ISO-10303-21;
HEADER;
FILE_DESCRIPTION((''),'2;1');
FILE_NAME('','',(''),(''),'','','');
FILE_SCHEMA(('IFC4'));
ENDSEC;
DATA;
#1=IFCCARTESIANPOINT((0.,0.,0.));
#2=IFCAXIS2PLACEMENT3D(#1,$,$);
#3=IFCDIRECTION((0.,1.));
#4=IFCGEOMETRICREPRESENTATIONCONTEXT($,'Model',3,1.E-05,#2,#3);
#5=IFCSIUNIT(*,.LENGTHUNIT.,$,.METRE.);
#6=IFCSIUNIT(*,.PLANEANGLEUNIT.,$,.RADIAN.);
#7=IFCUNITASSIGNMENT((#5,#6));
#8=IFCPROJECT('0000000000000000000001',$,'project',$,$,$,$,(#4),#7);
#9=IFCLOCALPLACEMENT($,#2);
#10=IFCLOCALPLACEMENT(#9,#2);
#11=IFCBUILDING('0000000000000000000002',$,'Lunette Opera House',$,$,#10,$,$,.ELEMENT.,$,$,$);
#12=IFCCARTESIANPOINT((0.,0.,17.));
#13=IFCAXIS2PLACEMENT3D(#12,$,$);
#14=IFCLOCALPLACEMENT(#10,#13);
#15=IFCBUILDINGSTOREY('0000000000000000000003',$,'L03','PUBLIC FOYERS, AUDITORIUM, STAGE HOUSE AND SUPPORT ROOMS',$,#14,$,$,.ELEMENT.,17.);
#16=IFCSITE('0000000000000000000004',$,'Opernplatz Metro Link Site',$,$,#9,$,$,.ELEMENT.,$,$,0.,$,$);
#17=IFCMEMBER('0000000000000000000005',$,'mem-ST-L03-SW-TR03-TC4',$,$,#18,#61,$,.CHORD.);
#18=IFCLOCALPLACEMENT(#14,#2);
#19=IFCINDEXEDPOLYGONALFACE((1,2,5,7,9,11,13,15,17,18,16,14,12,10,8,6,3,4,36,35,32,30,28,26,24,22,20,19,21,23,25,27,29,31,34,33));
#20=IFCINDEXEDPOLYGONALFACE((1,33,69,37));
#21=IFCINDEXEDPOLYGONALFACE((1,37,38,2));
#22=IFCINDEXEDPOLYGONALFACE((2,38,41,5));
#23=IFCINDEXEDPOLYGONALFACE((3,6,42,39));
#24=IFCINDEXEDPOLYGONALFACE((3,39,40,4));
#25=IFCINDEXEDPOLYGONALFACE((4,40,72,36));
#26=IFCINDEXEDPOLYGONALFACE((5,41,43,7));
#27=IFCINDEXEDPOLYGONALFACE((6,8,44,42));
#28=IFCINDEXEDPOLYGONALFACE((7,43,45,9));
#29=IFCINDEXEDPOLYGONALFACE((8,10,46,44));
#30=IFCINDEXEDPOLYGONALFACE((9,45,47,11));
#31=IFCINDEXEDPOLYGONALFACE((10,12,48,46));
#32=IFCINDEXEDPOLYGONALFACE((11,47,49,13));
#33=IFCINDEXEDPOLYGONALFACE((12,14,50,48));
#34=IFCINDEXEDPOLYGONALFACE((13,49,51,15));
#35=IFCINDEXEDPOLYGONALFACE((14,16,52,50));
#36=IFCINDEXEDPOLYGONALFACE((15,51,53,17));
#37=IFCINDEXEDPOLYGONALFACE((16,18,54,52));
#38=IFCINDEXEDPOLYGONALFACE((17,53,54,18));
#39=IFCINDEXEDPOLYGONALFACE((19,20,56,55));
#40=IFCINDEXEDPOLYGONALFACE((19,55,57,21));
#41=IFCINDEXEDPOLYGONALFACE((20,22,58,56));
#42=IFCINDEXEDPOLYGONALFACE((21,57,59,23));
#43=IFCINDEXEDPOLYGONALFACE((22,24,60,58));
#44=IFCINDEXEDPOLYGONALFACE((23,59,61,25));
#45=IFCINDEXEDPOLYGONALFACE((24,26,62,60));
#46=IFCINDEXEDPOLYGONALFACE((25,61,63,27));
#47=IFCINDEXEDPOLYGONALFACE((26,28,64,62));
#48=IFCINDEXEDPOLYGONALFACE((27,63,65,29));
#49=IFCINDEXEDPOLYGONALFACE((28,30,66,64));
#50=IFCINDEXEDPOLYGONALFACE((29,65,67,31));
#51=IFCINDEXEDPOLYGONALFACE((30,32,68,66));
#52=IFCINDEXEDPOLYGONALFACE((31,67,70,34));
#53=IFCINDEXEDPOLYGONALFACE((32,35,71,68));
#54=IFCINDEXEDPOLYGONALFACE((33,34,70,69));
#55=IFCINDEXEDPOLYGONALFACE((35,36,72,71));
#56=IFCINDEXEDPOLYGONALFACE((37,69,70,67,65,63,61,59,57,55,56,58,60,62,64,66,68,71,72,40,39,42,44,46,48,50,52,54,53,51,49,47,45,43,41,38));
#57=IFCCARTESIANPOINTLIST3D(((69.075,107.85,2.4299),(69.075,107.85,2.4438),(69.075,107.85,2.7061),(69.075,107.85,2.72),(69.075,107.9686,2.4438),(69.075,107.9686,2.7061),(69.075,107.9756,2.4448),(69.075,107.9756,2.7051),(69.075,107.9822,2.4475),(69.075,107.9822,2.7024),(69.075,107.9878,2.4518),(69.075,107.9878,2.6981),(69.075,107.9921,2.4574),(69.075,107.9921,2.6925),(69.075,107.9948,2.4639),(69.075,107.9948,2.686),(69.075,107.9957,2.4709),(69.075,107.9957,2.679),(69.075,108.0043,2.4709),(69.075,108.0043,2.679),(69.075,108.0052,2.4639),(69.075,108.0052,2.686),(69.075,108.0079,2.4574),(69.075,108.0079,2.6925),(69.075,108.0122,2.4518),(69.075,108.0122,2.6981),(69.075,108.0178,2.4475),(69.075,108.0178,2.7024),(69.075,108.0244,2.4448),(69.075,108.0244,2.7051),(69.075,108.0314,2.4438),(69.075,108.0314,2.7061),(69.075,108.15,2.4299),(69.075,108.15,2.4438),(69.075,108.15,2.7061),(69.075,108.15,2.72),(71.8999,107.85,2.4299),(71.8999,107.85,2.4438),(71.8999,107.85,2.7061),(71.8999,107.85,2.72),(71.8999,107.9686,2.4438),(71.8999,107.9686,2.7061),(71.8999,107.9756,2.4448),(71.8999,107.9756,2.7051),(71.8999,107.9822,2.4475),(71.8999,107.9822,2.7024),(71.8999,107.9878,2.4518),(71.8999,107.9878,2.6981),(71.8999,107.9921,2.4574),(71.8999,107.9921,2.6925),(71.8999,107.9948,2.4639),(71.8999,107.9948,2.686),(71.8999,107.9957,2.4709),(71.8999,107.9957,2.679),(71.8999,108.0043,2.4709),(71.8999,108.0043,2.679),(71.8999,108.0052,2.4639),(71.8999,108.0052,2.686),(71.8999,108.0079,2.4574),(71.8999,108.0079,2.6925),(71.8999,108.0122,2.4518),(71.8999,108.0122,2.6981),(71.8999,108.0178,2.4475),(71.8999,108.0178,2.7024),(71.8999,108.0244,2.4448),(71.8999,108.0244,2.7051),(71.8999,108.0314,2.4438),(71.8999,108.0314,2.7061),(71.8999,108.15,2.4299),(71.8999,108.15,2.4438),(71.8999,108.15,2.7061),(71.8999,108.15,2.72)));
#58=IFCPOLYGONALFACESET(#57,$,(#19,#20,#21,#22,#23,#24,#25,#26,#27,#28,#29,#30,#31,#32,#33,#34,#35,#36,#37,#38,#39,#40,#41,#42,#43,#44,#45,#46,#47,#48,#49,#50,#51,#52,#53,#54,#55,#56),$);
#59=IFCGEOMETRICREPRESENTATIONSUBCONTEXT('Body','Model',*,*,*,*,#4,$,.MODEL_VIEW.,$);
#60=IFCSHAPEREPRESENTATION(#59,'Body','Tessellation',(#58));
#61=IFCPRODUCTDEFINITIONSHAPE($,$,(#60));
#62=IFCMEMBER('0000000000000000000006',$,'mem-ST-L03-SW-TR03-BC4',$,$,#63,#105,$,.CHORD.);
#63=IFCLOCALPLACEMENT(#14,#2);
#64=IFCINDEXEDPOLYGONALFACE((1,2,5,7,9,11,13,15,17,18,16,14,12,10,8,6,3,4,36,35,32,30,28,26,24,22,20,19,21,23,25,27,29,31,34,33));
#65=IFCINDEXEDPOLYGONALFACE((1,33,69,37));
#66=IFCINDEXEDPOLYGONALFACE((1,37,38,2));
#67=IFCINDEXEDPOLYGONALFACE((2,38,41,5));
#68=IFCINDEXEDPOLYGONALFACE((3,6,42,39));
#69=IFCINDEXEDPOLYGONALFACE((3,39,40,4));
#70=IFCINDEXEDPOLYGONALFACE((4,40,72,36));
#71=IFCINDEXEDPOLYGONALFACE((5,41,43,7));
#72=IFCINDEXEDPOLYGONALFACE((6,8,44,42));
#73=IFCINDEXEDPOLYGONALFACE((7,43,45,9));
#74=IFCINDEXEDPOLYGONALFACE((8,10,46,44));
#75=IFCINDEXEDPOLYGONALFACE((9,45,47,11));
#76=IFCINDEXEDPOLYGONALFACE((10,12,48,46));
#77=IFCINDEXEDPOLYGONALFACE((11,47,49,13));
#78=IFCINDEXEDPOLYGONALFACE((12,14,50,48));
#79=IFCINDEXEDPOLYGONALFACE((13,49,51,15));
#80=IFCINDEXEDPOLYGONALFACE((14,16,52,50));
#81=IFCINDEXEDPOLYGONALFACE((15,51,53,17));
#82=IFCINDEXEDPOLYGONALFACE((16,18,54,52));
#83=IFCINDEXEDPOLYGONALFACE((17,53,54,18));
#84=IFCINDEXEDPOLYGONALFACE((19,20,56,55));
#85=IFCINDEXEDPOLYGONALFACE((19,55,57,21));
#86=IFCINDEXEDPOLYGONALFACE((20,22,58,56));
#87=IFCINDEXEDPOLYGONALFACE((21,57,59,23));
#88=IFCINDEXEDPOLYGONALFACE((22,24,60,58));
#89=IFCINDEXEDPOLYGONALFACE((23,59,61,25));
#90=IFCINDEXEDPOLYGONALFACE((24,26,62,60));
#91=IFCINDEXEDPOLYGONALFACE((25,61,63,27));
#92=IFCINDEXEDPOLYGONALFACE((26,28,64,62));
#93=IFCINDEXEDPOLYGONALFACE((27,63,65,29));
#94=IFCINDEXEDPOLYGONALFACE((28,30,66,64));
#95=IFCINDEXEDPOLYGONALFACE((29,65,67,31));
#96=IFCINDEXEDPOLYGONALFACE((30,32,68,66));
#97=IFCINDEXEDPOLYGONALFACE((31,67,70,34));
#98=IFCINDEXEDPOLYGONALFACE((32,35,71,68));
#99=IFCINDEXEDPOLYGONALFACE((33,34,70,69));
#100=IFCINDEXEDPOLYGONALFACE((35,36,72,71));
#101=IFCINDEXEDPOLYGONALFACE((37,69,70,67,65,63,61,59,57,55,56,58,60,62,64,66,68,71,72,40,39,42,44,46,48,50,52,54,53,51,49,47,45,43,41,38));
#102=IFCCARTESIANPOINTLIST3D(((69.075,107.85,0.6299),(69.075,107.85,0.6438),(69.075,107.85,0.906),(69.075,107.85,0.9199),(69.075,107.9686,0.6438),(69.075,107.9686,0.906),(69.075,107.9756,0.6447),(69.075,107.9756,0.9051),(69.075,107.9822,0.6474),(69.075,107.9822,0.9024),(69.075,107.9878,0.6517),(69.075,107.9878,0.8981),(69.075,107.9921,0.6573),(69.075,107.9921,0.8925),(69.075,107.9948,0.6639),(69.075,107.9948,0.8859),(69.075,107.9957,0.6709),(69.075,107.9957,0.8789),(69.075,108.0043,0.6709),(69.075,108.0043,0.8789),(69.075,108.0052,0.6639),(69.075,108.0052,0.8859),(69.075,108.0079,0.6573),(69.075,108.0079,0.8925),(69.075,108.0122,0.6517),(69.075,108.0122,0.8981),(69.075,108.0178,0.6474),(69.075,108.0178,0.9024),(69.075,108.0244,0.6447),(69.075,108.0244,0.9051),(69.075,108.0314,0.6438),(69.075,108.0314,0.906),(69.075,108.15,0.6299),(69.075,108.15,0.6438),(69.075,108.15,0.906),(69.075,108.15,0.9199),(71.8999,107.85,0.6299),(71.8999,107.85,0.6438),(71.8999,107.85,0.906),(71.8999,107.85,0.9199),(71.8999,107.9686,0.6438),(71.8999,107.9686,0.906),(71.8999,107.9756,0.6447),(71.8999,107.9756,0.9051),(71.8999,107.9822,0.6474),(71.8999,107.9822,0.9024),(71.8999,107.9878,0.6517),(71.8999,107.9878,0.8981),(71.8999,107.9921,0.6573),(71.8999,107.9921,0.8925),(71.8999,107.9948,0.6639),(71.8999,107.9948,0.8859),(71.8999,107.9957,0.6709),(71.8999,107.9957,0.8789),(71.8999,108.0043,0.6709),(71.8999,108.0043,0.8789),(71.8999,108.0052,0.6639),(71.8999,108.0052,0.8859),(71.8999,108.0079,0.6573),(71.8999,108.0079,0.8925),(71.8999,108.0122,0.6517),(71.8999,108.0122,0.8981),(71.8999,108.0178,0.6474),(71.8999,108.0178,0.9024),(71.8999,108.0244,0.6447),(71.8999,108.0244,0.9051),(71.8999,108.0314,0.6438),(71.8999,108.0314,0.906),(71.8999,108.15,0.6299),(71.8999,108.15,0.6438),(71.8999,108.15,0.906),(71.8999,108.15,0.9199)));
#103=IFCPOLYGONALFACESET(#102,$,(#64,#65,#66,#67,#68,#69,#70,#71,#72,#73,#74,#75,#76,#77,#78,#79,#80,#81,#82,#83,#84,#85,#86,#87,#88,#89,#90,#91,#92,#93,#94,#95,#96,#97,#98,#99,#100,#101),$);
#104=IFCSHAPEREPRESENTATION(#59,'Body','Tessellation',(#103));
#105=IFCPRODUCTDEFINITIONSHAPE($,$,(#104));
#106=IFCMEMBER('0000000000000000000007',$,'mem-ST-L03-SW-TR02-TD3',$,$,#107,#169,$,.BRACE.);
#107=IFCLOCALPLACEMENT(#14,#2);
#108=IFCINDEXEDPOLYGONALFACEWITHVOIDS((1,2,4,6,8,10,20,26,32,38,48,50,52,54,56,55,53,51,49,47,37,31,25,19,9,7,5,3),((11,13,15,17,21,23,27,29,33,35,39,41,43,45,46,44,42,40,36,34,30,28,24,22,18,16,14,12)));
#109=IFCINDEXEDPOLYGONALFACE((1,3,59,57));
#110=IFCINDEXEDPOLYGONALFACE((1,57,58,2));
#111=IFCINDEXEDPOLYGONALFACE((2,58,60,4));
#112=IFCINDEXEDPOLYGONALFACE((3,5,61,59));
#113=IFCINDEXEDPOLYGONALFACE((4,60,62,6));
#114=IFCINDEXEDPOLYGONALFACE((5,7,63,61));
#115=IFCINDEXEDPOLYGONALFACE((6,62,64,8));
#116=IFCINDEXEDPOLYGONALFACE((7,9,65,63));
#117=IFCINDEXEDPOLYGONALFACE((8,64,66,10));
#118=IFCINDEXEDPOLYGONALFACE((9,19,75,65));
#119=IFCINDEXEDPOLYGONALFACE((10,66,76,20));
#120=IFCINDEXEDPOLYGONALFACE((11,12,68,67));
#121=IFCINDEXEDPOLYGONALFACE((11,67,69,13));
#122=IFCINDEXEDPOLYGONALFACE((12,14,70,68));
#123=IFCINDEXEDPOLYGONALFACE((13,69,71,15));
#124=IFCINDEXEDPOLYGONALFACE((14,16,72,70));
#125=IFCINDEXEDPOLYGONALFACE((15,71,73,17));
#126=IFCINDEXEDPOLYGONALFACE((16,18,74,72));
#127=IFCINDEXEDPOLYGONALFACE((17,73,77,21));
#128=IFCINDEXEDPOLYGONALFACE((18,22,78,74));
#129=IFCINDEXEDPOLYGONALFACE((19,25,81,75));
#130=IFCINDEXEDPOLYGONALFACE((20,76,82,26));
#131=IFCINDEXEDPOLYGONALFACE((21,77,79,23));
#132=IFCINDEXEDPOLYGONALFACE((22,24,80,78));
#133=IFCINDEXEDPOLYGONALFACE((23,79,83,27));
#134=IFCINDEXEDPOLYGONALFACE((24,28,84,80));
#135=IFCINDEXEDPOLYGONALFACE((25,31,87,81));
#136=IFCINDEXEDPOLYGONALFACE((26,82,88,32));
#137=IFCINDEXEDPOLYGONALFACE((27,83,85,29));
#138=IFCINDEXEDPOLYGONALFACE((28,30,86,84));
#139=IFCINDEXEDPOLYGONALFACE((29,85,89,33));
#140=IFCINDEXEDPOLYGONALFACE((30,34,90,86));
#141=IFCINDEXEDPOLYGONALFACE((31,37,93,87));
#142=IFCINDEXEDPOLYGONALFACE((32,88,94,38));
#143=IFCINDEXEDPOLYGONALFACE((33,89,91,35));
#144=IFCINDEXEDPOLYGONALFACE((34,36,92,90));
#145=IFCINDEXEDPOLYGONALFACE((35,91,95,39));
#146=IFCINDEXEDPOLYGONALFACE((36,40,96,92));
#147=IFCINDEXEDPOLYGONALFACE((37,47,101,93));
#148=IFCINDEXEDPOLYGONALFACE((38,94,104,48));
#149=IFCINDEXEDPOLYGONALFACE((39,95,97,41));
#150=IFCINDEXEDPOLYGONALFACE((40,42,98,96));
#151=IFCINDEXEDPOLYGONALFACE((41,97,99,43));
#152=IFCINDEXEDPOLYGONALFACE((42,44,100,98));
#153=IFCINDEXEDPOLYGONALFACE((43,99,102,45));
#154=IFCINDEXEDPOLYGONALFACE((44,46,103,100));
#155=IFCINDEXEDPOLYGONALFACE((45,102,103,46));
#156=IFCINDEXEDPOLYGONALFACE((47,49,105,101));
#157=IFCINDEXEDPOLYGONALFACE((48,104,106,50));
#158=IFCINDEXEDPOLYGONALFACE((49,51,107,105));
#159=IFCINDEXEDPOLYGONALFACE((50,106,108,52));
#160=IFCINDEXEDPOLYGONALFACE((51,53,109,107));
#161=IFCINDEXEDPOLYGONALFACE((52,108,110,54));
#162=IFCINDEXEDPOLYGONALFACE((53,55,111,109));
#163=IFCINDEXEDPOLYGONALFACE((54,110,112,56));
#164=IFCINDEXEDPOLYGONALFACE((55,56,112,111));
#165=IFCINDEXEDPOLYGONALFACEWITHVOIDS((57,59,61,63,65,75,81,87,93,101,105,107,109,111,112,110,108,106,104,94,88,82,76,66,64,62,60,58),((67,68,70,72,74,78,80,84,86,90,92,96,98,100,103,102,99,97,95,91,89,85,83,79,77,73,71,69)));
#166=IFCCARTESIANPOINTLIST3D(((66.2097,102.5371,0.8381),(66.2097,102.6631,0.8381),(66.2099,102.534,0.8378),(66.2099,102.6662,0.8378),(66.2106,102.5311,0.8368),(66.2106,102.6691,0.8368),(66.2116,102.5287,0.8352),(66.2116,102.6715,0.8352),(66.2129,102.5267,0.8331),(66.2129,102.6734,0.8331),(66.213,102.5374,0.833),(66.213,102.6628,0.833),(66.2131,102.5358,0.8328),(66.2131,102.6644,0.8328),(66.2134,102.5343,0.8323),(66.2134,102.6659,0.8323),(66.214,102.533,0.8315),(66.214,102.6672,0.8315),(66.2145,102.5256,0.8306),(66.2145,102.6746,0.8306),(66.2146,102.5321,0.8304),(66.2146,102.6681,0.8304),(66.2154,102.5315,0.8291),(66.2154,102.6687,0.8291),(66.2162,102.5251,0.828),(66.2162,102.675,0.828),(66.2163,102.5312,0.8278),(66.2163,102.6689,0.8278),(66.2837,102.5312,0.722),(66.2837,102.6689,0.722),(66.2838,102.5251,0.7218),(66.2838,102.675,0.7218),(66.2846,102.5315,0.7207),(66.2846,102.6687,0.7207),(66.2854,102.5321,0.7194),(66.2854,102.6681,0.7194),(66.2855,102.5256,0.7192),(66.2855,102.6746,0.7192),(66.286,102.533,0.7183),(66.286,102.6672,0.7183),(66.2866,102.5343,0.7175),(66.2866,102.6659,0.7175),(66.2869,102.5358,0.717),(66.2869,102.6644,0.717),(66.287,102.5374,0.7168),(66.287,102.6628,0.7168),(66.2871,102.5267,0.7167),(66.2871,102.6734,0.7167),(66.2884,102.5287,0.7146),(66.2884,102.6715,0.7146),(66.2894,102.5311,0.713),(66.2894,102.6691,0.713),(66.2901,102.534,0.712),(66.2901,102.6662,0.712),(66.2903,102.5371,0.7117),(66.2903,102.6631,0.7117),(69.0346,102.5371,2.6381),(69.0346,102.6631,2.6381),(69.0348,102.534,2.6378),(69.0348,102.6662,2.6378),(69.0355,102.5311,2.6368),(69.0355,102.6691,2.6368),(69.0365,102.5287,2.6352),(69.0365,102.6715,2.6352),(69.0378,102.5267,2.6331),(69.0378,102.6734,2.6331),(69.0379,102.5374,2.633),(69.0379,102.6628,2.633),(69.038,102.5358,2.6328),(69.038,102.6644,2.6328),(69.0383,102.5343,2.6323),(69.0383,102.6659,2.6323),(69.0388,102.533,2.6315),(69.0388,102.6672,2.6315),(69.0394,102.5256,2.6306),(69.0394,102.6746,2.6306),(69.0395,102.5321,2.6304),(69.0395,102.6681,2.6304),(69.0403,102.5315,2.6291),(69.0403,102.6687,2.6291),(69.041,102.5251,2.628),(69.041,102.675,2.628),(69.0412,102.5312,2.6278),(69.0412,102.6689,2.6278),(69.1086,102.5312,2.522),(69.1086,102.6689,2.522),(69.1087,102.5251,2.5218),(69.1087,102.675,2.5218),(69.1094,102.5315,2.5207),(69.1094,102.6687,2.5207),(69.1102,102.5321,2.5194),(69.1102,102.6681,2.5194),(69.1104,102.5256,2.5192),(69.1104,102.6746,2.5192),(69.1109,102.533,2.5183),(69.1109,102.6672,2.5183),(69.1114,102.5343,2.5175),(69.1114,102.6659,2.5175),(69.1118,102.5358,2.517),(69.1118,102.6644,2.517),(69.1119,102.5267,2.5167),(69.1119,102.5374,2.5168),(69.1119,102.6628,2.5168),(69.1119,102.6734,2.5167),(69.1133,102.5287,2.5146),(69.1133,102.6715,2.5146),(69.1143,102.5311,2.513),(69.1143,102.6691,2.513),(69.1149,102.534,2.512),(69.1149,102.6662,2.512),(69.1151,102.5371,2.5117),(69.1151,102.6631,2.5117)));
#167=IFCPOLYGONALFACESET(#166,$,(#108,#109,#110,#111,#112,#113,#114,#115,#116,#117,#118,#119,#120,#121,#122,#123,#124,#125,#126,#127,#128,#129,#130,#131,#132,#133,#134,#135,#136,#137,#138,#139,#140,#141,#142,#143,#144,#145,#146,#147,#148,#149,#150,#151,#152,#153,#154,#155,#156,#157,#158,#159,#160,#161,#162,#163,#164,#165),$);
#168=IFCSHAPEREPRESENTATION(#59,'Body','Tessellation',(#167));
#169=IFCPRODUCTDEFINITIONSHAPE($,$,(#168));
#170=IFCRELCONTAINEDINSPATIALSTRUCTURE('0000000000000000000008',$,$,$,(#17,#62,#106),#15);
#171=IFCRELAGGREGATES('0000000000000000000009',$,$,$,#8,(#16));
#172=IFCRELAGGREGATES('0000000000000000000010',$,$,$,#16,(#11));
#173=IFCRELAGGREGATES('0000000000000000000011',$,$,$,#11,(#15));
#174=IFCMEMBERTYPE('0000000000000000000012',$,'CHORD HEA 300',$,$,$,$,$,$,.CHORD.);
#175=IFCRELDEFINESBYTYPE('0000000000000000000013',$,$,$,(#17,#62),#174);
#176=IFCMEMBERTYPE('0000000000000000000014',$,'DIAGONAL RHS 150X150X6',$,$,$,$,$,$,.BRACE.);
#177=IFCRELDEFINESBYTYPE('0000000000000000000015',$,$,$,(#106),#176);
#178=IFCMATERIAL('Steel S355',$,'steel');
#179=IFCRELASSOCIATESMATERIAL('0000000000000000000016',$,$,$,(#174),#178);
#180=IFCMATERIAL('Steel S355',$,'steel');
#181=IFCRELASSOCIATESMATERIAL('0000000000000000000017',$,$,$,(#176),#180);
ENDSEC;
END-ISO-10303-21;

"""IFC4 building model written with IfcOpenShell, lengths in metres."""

from ifc_helpers import new_model, si_unit, direction, frame, origin, origin_2d, place, context, subcontext, project, spatial, hollow_rectangle, i_section, extrude, material, material_profile, profile_set, type_object, element, save


model = new_model("IFC4")

# Units and contexts
model_context = context("Model", 3, precision=1e-05, world=origin(), true_north=direction((0.0, 1.0)))
body_context = subcontext(model_context, "Body", "Model", "MODEL_VIEW")
ifc_project = project(units=[si_unit("LENGTHUNIT", "METRE"), si_unit("PLANEANGLEUNIT", "RADIAN")], contexts=[model_context])

# Site, building, storey
site_placement = place(None, origin())
site = spatial("IfcSite", under=ifc_project, at=site_placement, Name="Opernplatz Metro Link Site", CompositionType="ELEMENT", RefElevation=0.0)
building_placement = place(site_placement, origin())
building = spatial("IfcBuilding", under=site, at=building_placement, Name="Lunette Opera House", CompositionType="ELEMENT")
storey_placement = place(building_placement, frame((0.0, 0.0, 17.0)))
storey = spatial("IfcBuildingStorey", under=building, at=storey_placement, Name="L03", Description="PUBLIC FOYERS, AUDITORIUM, STAGE HOUSE AND SUPPORT ROOMS", CompositionType="ELEMENT", Elevation=17.0)

# Members
ifc_material_1 = material(Name="Steel S355", Category="steel")
ifc_material_profile_1 = material_profile(ifc_material_1, i_section(OverallWidth=0.3, OverallDepth=0.29, WebThickness=0.0085, FlangeThickness=0.0139, FilletRadius=0.0271, at=origin_2d()), Name="HEA 300")
ifc_profile_set_1 = profile_set([ifc_material_profile_1], Name="Steel S355")
member_type_1 = type_object("IfcMemberType", Name="CHORD HEA 300", PredefinedType="CHORD", material=ifc_profile_set_1)
for number, where, z_axis, x_axis, name in (
    (1, (69.075, 108.0, 2.575), (1.0, 0.0, 0.0), (0.0, 1.0, 0.0), "mem-ST-L03-SW-TR03-TC4"),
    (2, (69.075, 108.0, 0.7749), (1.0, 0.0, 0.0), (0.0, 1.0, 0.0), "mem-ST-L03-SW-TR03-BC4"),
):
    element("IfcMember", number, at=place(storey_placement, frame(where, z_axis=z_axis, x_axis=x_axis)), inside=storey, type_object=member_type_1, Name=name, PredefinedType="CHORD", context=body_context, shape_type="SweptSolid", body=[
        extrude(i_section(OverallWidth=0.3, OverallDepth=0.29, WebThickness=0.0085, FlangeThickness=0.0139, FilletRadius=0.0271, at=origin_2d()), origin(), (0.0, 0.0, 1.0), 2.825),
    ])
ifc_material_2 = material(Name="Steel S355", Category="steel")
ifc_material_profile_2 = material_profile(ifc_material_2, hollow_rectangle(XDim=0.1499, YDim=0.1499, WallThickness=0.0061, InnerFilletRadius=0.0061, OuterFilletRadius=0.012, at=origin_2d()), Name="RHS 150X150X6")
ifc_profile_set_2 = profile_set([ifc_material_profile_2], Name="Steel S355")
member_type_2 = type_object("IfcMemberType", Name="DIAGONAL RHS 150X150X6", PredefinedType="BRACE", material=ifc_profile_set_2)
for number, where, z_axis, x_axis, name in (
    (3, (66.25, 102.6001, 0.7749), (0.843343, 0.0, 0.537375), (0.0, 1.0, 0.0), "mem-ST-L03-SW-TR02-TD3"),
):
    element("IfcMember", number, at=place(storey_placement, frame(where, z_axis=z_axis, x_axis=x_axis)), inside=storey, type_object=member_type_2, Name=name, PredefinedType="BRACE", context=body_context, shape_type="SweptSolid", body=[
        extrude(hollow_rectangle(XDim=0.1499, YDim=0.1499, WallThickness=0.0061, InnerFilletRadius=0.0061, OuterFilletRadius=0.012, at=origin_2d()), origin(), (0.0, 0.0, 1.0), 3.3496),
    ])

save(model, "model.ifc")
